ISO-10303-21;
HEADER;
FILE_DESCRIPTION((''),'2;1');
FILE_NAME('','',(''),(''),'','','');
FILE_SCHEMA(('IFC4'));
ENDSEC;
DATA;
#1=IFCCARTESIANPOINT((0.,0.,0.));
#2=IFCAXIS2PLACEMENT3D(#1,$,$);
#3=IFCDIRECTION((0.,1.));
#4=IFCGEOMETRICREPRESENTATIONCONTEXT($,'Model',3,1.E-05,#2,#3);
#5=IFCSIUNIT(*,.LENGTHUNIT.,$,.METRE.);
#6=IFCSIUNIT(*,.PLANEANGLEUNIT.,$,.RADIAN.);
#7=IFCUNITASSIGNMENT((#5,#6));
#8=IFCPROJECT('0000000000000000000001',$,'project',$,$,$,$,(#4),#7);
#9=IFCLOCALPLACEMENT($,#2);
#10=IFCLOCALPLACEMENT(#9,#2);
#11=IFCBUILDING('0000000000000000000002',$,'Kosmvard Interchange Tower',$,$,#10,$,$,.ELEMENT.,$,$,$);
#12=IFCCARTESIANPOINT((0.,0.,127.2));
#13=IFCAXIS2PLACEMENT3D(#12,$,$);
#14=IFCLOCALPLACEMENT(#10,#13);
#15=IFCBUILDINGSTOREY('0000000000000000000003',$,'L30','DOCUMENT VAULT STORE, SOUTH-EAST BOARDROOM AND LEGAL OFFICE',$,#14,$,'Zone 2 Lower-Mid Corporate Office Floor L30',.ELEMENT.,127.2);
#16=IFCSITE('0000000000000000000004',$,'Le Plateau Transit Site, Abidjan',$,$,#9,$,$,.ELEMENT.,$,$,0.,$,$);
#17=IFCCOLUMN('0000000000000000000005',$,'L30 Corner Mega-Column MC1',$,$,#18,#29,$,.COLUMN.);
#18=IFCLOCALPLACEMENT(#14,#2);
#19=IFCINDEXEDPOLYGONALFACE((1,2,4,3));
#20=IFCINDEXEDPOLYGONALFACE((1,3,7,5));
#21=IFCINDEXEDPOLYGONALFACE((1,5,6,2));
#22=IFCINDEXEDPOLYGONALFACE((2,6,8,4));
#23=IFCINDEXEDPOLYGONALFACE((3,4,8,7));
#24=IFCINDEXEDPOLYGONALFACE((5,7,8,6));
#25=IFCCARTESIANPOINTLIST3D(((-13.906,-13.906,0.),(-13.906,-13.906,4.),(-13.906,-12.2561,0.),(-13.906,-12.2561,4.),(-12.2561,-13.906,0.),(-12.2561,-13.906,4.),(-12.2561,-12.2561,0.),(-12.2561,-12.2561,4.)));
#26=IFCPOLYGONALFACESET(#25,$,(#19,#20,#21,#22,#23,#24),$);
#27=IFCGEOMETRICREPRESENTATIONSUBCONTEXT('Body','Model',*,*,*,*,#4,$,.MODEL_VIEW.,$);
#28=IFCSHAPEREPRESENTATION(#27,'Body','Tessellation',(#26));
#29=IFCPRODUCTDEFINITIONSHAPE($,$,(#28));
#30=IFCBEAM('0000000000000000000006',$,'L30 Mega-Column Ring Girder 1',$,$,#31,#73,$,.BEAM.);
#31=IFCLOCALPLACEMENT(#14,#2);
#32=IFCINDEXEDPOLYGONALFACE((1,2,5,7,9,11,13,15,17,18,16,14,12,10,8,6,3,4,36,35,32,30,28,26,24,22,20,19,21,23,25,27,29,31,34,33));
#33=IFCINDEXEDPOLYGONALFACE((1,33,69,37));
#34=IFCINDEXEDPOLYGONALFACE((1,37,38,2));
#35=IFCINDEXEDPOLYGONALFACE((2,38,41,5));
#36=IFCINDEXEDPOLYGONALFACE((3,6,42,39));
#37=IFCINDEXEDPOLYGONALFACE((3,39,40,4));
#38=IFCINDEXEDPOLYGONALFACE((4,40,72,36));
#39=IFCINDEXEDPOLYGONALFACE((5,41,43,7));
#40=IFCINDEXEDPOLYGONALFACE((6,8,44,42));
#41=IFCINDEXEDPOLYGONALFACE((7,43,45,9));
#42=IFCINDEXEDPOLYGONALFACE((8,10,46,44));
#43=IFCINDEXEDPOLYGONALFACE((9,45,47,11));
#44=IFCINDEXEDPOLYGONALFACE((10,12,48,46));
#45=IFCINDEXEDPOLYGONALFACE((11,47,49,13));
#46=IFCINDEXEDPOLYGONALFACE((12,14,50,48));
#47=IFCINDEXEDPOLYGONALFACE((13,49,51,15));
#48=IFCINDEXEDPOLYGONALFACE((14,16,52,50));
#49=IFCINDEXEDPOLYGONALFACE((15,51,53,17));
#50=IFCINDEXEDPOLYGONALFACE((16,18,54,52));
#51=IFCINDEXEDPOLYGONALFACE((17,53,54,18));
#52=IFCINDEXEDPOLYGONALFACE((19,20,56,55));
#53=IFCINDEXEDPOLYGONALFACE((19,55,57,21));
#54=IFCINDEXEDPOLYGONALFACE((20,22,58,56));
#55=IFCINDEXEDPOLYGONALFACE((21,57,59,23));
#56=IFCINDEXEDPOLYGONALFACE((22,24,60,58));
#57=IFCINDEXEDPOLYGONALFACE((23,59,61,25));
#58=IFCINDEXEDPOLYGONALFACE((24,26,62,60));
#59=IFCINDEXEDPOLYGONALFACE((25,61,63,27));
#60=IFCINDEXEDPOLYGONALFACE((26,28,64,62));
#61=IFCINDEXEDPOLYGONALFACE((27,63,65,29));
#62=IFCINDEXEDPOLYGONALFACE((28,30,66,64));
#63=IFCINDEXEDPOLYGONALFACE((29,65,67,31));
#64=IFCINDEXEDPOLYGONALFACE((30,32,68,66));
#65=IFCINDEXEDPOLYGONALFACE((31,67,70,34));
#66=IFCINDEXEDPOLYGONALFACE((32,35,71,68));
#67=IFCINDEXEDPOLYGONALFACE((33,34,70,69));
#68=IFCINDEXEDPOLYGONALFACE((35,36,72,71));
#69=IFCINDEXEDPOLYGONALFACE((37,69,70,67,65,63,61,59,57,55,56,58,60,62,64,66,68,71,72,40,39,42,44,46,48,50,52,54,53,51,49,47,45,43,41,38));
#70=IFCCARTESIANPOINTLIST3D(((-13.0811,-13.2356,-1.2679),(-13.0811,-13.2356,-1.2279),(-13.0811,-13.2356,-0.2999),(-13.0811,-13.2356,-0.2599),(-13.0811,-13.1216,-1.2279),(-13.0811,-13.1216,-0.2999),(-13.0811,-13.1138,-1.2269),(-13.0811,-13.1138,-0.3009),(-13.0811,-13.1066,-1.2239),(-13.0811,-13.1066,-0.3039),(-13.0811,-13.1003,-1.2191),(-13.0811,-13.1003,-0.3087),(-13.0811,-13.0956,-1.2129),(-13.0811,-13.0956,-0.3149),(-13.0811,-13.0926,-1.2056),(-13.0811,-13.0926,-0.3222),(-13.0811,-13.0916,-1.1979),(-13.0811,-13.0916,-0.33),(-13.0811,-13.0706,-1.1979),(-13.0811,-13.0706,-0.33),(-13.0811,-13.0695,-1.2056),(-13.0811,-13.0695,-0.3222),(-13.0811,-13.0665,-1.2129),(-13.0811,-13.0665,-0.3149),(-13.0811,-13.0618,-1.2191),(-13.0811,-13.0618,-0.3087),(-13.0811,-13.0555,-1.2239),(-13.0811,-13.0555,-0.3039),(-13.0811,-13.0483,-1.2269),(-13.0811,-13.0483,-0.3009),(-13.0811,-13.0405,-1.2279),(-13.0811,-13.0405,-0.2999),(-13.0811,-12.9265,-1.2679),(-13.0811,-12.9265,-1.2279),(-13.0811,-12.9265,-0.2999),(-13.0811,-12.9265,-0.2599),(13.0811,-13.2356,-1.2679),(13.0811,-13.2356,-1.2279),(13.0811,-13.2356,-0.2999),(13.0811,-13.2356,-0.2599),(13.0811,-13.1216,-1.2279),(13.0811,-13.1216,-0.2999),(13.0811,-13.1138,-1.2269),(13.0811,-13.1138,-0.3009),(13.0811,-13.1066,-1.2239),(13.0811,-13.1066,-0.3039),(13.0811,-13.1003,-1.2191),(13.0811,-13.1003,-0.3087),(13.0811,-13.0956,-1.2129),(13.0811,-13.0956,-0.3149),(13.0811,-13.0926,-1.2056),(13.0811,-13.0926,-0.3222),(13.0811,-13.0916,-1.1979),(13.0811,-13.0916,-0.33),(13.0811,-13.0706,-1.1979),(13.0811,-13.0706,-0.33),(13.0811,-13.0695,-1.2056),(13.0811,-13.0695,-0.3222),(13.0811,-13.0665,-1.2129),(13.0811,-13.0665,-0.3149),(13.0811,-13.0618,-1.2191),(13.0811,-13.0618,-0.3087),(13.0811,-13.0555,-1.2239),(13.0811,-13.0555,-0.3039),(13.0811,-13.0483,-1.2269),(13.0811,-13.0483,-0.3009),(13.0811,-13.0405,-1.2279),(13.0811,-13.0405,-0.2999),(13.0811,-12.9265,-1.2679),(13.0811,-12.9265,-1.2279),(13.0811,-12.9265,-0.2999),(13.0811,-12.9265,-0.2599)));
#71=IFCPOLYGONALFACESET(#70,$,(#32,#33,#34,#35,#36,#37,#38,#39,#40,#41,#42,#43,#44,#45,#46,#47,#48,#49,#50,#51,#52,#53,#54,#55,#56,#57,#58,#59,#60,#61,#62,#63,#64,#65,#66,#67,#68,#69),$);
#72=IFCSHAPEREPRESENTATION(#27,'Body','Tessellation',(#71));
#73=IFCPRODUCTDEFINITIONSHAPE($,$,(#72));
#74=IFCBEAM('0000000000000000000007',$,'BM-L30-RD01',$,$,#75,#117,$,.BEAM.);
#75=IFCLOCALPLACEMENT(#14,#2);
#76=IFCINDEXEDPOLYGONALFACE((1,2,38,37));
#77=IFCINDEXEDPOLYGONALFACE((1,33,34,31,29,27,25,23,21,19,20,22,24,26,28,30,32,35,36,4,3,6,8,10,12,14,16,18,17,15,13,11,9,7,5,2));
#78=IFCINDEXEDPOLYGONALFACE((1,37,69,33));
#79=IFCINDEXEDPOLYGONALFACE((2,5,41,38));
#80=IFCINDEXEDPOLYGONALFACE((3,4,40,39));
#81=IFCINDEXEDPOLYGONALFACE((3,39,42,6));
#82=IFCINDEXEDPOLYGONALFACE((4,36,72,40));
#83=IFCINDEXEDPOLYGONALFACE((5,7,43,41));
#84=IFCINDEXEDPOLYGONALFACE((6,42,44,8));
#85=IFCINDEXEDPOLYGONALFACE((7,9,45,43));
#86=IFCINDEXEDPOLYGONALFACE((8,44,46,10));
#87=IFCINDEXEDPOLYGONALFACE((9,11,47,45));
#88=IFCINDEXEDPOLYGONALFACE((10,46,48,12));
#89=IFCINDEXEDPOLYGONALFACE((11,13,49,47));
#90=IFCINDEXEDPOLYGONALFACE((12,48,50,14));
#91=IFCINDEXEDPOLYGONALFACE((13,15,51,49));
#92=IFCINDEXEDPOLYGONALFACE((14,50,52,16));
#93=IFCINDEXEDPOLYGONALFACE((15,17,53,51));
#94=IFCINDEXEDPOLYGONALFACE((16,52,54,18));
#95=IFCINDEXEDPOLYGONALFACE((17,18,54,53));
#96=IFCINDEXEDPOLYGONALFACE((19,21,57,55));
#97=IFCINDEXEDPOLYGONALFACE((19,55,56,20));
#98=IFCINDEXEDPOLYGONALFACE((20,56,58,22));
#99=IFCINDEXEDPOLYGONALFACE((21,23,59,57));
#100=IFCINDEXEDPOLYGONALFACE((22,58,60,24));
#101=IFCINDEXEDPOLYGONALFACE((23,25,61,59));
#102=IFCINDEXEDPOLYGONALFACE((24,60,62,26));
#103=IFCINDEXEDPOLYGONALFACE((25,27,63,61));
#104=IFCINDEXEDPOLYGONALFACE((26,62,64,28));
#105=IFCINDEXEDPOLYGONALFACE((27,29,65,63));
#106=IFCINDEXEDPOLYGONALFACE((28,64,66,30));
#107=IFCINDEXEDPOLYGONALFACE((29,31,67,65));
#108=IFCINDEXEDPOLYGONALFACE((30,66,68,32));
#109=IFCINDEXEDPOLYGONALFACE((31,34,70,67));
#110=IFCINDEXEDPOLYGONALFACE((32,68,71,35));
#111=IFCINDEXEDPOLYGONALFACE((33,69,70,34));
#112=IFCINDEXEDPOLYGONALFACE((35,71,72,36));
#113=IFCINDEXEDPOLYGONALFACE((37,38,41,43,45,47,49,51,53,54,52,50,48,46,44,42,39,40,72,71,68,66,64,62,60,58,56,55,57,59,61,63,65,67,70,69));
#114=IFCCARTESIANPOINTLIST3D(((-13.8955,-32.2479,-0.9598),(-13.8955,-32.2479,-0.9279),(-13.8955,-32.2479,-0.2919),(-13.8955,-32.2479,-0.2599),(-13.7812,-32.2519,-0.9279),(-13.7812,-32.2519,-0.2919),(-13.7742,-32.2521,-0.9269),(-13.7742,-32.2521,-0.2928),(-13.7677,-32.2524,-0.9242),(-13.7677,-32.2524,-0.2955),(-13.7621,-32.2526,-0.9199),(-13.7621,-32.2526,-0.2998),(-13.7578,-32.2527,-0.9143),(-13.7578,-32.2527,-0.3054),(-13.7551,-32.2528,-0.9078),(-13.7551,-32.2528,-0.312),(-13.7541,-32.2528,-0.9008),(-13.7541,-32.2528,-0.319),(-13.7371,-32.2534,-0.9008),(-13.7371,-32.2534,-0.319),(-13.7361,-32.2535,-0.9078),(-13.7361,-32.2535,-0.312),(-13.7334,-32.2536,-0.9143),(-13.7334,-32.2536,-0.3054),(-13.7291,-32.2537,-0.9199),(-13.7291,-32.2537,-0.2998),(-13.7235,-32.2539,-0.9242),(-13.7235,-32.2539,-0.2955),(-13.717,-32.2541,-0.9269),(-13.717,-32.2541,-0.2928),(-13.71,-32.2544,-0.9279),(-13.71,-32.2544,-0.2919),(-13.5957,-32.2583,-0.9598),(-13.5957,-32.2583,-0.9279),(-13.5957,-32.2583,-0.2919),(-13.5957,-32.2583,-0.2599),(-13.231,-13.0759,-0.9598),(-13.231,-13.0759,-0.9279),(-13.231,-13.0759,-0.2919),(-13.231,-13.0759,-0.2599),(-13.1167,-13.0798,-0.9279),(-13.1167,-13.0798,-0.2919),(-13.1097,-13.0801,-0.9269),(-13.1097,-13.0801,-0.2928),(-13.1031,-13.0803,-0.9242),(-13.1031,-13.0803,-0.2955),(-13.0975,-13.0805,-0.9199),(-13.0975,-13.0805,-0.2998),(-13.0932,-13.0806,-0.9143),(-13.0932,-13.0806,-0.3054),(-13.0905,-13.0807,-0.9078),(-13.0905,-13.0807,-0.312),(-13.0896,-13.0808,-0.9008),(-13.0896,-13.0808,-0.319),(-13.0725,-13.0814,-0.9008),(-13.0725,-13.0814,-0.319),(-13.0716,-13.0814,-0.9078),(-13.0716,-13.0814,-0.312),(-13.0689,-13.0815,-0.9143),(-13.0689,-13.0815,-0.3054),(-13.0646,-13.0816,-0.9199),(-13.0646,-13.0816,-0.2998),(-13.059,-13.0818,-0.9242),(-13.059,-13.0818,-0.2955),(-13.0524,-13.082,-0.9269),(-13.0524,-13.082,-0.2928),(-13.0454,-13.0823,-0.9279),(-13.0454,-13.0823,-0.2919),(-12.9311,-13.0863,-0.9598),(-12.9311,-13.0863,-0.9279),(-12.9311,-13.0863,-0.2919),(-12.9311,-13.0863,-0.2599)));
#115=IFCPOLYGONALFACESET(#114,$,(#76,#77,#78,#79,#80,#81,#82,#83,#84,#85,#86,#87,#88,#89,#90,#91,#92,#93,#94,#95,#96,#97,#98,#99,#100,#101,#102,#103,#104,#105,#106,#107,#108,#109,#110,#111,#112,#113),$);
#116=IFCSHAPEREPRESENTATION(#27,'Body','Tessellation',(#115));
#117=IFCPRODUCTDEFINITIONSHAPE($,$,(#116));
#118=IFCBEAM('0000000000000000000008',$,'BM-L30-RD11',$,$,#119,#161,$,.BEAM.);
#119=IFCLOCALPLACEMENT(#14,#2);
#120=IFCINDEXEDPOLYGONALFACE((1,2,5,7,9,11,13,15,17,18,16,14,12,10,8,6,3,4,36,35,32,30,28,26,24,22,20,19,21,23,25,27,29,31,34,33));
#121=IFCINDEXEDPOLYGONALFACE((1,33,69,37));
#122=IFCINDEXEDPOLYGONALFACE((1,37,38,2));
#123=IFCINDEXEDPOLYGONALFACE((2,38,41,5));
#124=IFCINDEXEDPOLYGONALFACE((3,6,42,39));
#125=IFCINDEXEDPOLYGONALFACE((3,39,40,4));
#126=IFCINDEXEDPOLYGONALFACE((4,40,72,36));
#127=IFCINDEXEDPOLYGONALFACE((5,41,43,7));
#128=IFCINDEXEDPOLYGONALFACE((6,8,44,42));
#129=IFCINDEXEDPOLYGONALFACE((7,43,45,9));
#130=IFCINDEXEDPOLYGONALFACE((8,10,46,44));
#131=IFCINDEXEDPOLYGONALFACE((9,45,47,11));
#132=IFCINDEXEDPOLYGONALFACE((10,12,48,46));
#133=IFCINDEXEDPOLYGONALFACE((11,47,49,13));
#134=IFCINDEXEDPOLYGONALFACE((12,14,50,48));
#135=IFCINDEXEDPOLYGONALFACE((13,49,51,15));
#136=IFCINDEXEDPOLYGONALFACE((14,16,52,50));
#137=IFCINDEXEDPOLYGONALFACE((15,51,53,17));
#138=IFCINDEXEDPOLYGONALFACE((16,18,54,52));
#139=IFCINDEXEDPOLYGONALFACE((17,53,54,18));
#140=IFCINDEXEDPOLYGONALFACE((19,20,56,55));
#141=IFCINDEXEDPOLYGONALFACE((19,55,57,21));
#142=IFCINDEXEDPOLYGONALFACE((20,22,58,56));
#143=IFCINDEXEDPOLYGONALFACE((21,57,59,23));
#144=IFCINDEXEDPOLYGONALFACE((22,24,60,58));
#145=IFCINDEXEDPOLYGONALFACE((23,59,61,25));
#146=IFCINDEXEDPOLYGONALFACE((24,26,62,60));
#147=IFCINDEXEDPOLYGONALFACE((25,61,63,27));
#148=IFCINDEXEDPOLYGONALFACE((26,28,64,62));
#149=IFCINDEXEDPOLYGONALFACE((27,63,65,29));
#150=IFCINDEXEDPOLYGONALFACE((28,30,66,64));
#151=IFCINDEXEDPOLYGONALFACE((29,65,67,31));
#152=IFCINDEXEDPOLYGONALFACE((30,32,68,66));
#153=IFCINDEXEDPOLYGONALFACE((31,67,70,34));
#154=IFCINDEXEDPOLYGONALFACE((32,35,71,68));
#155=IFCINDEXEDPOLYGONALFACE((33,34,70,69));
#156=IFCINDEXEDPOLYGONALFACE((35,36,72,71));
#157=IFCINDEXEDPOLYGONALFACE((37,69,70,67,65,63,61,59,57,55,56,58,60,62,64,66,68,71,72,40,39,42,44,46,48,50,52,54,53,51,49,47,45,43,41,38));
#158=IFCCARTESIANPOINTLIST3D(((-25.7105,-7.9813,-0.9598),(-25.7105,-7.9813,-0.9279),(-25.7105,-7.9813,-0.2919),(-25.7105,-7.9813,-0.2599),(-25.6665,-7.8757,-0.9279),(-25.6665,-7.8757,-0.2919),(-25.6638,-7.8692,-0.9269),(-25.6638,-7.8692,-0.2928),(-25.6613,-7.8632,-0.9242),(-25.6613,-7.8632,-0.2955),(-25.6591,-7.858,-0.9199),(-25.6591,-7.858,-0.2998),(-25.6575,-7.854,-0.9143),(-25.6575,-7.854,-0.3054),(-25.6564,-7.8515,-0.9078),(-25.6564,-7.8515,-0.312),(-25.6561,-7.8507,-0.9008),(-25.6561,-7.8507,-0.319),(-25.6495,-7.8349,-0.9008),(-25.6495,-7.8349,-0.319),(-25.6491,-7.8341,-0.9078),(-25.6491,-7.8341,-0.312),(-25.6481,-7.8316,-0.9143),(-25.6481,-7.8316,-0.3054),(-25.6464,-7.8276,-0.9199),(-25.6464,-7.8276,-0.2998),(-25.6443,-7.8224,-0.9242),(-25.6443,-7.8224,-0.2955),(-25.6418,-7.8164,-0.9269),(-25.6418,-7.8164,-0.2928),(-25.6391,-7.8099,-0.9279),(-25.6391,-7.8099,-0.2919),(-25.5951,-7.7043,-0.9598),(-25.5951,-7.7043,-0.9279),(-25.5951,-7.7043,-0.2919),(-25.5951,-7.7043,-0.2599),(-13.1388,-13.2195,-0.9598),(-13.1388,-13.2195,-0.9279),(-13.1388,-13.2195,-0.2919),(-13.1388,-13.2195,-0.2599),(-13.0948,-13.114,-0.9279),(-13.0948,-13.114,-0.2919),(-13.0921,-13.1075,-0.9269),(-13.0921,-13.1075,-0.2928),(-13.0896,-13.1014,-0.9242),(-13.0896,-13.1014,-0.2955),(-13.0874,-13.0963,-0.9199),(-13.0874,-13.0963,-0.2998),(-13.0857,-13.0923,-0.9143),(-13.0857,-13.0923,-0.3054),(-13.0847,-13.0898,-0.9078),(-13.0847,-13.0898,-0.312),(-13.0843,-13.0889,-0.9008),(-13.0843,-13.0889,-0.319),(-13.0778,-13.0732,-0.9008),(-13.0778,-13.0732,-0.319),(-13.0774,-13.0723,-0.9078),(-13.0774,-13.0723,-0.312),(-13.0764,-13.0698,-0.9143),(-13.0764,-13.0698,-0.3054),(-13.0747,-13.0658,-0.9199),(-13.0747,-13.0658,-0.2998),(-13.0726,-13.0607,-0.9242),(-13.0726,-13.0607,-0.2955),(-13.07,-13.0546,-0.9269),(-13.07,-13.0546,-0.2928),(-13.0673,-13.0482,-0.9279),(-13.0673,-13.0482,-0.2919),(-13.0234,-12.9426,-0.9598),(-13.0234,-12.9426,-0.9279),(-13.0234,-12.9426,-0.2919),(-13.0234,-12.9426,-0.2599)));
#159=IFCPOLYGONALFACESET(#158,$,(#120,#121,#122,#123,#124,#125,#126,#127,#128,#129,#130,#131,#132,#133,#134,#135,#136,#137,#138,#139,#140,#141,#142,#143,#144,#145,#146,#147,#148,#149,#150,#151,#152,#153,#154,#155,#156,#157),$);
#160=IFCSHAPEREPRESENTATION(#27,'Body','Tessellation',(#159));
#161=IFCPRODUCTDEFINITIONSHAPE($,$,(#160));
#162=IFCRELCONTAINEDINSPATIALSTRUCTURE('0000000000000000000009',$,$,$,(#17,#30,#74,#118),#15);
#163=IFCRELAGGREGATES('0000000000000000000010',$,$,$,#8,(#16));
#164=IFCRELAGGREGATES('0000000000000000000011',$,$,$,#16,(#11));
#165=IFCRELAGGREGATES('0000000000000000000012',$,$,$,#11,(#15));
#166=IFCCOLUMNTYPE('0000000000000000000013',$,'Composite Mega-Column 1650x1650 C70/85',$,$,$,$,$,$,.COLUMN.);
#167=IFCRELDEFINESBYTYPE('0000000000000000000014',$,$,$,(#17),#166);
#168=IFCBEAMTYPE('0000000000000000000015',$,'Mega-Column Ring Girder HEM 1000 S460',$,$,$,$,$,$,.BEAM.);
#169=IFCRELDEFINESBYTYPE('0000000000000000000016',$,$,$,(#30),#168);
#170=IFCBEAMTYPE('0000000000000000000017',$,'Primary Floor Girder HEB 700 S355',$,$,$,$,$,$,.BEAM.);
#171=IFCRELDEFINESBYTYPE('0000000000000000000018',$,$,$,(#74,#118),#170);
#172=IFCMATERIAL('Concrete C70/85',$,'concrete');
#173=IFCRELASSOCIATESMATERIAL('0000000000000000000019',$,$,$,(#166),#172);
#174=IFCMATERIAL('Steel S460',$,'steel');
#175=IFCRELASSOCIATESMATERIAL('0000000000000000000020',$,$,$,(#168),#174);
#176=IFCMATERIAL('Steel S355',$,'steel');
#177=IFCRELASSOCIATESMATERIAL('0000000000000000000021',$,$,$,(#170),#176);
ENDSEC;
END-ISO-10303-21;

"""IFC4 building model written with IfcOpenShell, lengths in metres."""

from ifc_helpers import new_model, si_unit, direction, frame, origin, origin_2d, place, context, subcontext, project, spatial, rectangle, i_section, extrude, source, transform, mapped, material, material_profile, profile_set, type_object, element, save


model = new_model("IFC4")

# Units and contexts
model_context = context("Model", 3, precision=1e-05, world=origin(), true_north=direction((0.0, 1.0)))
body_context = subcontext(model_context, "Body", "Model", "MODEL_VIEW")
ifc_project = project(units=[si_unit("LENGTHUNIT", "METRE"), si_unit("PLANEANGLEUNIT", "RADIAN")], contexts=[model_context])

# Site, building, storey
site_placement = place(None, origin())
site = spatial("IfcSite", under=ifc_project, at=site_placement, Name="Le Plateau Transit Site, Abidjan", CompositionType="ELEMENT", RefElevation=0.0)
building_placement = place(site_placement, origin())
building = spatial("IfcBuilding", under=site, at=building_placement, Name="Kosmvard Interchange Tower", CompositionType="ELEMENT")
storey_placement = place(building_placement, frame((0.0, 0.0, 127.2)))
storey = spatial("IfcBuildingStorey", under=building, at=storey_placement, Name="L30", Description="DOCUMENT VAULT STORE, SOUTH-EAST BOARDROOM AND LEGAL OFFICE", LongName="Zone 2 Lower-Mid Corporate Office Floor L30", CompositionType="ELEMENT", Elevation=127.2)

# Column
ifc_material_1 = material(Name="Concrete C70/85", Category="concrete")
ifc_material_profile_1 = material_profile(ifc_material_1, rectangle(XDim=1.6499, YDim=1.6499, at=origin_2d()), Name="MC 1650x1650")
ifc_profile_set_1 = profile_set([ifc_material_profile_1], Name="Concrete C70/85")
column_type = type_object("IfcColumnType", Name="Composite Mega-Column 1650x1650 C70/85", PredefinedType="COLUMN", material=ifc_profile_set_1)
shared_shape_1 = source(origin(), body_context, "Body", "SweptSolid", [
    extrude(rectangle(XDim=1.6499, YDim=1.6499, at=origin_2d()), origin(), (0.0, 0.0, 1.0), 4.0),
])
column_placement = place(storey_placement, frame((-13.0811, -13.0811, 0.0), z_axis=(0.0, 0.0, 1.0), x_axis=(1.0, 0.0, 0.0)))
element("IfcColumn", 1, at=column_placement, inside=storey, type_object=column_type, Name="L30 Corner Mega-Column MC1", PredefinedType="COLUMN", context=body_context, shape_type="MappedRepresentation", body=[
    mapped(shared_shape_1, transform((0.0, 0.0, 0.0), scale=1.0)),
])

# Beams
ifc_material_2 = material(Name="Steel S460", Category="steel")
ifc_material_profile_2 = material_profile(ifc_material_2, i_section(OverallWidth=0.3091, OverallDepth=1.0081, WebThickness=0.021, FlangeThickness=0.04, FilletRadius=0.03, at=origin_2d()), Name="HEM 1000")
ifc_profile_set_2 = profile_set([ifc_material_profile_2], Name="Steel S460")
beam_type_1 = type_object("IfcBeamType", Name="Mega-Column Ring Girder HEM 1000 S460", PredefinedType="BEAM", material=ifc_profile_set_2)
shared_shape_2 = source(origin(), body_context, "Body", "SweptSolid", [
    extrude(i_section(OverallWidth=0.3091, OverallDepth=1.0081, WebThickness=0.021, FlangeThickness=0.04, FilletRadius=0.03, at=origin_2d()), origin(), (0.0, 0.0, 1.0), 26.1621),
])
beam_1_placement = place(storey_placement, frame((-13.0811, -13.0811, -0.7639), z_axis=(1.0, 0.0, 0.0), x_axis=(0.0, 1.0, 0.0)))
element("IfcBeam", 2, at=beam_1_placement, inside=storey, type_object=beam_type_1, Name="L30 Mega-Column Ring Girder 1", PredefinedType="BEAM", context=body_context, shape_type="MappedRepresentation", body=[
    mapped(shared_shape_2, transform((0.0, 0.0, 0.0), scale=1.0)),
])
ifc_material_3 = material(Name="Steel S355", Category="steel")
ifc_material_profile_3 = material_profile(ifc_material_3, i_section(OverallWidth=0.3, OverallDepth=0.7, WebThickness=0.0171, FlangeThickness=0.032, FilletRadius=0.0271, at=origin_2d()), Name="HEB 700")
ifc_profile_set_3 = profile_set([ifc_material_profile_3], Name="Steel S355")
beam_type_2 = type_object("IfcBeamType", Name="Primary Floor Girder HEB 700 S355", PredefinedType="BEAM", material=ifc_profile_set_3)
shared_shape_3 = source(origin(), body_context, "Body", "SweptSolid", [
    extrude(i_section(OverallWidth=0.3, OverallDepth=0.7, WebThickness=0.0171, FlangeThickness=0.032, FilletRadius=0.0271, at=origin_2d()), origin(), (0.0, 0.0, 1.0), 19.1836),
])
beam_2_placement = place(storey_placement, frame((-13.0811, -13.0811, -0.6099), z_axis=(-0.034642, -0.9994, 0.0), x_axis=(0.9994, -0.034642, 0.0)))
element("IfcBeam", 3, at=beam_2_placement, inside=storey, type_object=beam_type_2, Name="BM-L30-RD01", PredefinedType="BEAM", context=body_context, shape_type="MappedRepresentation", body=[
    mapped(shared_shape_3, transform((0.0, 0.0, 0.0), scale=1.0)),
])
shared_shape_4 = source(origin(), body_context, "Body", "SweptSolid", [
    extrude(i_section(OverallWidth=0.3, OverallDepth=0.7, WebThickness=0.0171, FlangeThickness=0.032, FilletRadius=0.0271, at=origin_2d()), origin(), (0.0, 0.0, 1.0), 13.6194),
])
beam_3_placement = place(storey_placement, frame((-13.0811, -13.0811, -0.6099), z_axis=(-0.923076, 0.384618, 0.0), x_axis=(-0.384618, -0.923076, 0.0)))
element("IfcBeam", 4, at=beam_3_placement, inside=storey, type_object=beam_type_2, Name="BM-L30-RD11", PredefinedType="BEAM", context=body_context, shape_type="MappedRepresentation", body=[
    mapped(shared_shape_4, transform((0.0, 0.0, 0.0), scale=1.0)),
])

save(model, "model.ifc")
